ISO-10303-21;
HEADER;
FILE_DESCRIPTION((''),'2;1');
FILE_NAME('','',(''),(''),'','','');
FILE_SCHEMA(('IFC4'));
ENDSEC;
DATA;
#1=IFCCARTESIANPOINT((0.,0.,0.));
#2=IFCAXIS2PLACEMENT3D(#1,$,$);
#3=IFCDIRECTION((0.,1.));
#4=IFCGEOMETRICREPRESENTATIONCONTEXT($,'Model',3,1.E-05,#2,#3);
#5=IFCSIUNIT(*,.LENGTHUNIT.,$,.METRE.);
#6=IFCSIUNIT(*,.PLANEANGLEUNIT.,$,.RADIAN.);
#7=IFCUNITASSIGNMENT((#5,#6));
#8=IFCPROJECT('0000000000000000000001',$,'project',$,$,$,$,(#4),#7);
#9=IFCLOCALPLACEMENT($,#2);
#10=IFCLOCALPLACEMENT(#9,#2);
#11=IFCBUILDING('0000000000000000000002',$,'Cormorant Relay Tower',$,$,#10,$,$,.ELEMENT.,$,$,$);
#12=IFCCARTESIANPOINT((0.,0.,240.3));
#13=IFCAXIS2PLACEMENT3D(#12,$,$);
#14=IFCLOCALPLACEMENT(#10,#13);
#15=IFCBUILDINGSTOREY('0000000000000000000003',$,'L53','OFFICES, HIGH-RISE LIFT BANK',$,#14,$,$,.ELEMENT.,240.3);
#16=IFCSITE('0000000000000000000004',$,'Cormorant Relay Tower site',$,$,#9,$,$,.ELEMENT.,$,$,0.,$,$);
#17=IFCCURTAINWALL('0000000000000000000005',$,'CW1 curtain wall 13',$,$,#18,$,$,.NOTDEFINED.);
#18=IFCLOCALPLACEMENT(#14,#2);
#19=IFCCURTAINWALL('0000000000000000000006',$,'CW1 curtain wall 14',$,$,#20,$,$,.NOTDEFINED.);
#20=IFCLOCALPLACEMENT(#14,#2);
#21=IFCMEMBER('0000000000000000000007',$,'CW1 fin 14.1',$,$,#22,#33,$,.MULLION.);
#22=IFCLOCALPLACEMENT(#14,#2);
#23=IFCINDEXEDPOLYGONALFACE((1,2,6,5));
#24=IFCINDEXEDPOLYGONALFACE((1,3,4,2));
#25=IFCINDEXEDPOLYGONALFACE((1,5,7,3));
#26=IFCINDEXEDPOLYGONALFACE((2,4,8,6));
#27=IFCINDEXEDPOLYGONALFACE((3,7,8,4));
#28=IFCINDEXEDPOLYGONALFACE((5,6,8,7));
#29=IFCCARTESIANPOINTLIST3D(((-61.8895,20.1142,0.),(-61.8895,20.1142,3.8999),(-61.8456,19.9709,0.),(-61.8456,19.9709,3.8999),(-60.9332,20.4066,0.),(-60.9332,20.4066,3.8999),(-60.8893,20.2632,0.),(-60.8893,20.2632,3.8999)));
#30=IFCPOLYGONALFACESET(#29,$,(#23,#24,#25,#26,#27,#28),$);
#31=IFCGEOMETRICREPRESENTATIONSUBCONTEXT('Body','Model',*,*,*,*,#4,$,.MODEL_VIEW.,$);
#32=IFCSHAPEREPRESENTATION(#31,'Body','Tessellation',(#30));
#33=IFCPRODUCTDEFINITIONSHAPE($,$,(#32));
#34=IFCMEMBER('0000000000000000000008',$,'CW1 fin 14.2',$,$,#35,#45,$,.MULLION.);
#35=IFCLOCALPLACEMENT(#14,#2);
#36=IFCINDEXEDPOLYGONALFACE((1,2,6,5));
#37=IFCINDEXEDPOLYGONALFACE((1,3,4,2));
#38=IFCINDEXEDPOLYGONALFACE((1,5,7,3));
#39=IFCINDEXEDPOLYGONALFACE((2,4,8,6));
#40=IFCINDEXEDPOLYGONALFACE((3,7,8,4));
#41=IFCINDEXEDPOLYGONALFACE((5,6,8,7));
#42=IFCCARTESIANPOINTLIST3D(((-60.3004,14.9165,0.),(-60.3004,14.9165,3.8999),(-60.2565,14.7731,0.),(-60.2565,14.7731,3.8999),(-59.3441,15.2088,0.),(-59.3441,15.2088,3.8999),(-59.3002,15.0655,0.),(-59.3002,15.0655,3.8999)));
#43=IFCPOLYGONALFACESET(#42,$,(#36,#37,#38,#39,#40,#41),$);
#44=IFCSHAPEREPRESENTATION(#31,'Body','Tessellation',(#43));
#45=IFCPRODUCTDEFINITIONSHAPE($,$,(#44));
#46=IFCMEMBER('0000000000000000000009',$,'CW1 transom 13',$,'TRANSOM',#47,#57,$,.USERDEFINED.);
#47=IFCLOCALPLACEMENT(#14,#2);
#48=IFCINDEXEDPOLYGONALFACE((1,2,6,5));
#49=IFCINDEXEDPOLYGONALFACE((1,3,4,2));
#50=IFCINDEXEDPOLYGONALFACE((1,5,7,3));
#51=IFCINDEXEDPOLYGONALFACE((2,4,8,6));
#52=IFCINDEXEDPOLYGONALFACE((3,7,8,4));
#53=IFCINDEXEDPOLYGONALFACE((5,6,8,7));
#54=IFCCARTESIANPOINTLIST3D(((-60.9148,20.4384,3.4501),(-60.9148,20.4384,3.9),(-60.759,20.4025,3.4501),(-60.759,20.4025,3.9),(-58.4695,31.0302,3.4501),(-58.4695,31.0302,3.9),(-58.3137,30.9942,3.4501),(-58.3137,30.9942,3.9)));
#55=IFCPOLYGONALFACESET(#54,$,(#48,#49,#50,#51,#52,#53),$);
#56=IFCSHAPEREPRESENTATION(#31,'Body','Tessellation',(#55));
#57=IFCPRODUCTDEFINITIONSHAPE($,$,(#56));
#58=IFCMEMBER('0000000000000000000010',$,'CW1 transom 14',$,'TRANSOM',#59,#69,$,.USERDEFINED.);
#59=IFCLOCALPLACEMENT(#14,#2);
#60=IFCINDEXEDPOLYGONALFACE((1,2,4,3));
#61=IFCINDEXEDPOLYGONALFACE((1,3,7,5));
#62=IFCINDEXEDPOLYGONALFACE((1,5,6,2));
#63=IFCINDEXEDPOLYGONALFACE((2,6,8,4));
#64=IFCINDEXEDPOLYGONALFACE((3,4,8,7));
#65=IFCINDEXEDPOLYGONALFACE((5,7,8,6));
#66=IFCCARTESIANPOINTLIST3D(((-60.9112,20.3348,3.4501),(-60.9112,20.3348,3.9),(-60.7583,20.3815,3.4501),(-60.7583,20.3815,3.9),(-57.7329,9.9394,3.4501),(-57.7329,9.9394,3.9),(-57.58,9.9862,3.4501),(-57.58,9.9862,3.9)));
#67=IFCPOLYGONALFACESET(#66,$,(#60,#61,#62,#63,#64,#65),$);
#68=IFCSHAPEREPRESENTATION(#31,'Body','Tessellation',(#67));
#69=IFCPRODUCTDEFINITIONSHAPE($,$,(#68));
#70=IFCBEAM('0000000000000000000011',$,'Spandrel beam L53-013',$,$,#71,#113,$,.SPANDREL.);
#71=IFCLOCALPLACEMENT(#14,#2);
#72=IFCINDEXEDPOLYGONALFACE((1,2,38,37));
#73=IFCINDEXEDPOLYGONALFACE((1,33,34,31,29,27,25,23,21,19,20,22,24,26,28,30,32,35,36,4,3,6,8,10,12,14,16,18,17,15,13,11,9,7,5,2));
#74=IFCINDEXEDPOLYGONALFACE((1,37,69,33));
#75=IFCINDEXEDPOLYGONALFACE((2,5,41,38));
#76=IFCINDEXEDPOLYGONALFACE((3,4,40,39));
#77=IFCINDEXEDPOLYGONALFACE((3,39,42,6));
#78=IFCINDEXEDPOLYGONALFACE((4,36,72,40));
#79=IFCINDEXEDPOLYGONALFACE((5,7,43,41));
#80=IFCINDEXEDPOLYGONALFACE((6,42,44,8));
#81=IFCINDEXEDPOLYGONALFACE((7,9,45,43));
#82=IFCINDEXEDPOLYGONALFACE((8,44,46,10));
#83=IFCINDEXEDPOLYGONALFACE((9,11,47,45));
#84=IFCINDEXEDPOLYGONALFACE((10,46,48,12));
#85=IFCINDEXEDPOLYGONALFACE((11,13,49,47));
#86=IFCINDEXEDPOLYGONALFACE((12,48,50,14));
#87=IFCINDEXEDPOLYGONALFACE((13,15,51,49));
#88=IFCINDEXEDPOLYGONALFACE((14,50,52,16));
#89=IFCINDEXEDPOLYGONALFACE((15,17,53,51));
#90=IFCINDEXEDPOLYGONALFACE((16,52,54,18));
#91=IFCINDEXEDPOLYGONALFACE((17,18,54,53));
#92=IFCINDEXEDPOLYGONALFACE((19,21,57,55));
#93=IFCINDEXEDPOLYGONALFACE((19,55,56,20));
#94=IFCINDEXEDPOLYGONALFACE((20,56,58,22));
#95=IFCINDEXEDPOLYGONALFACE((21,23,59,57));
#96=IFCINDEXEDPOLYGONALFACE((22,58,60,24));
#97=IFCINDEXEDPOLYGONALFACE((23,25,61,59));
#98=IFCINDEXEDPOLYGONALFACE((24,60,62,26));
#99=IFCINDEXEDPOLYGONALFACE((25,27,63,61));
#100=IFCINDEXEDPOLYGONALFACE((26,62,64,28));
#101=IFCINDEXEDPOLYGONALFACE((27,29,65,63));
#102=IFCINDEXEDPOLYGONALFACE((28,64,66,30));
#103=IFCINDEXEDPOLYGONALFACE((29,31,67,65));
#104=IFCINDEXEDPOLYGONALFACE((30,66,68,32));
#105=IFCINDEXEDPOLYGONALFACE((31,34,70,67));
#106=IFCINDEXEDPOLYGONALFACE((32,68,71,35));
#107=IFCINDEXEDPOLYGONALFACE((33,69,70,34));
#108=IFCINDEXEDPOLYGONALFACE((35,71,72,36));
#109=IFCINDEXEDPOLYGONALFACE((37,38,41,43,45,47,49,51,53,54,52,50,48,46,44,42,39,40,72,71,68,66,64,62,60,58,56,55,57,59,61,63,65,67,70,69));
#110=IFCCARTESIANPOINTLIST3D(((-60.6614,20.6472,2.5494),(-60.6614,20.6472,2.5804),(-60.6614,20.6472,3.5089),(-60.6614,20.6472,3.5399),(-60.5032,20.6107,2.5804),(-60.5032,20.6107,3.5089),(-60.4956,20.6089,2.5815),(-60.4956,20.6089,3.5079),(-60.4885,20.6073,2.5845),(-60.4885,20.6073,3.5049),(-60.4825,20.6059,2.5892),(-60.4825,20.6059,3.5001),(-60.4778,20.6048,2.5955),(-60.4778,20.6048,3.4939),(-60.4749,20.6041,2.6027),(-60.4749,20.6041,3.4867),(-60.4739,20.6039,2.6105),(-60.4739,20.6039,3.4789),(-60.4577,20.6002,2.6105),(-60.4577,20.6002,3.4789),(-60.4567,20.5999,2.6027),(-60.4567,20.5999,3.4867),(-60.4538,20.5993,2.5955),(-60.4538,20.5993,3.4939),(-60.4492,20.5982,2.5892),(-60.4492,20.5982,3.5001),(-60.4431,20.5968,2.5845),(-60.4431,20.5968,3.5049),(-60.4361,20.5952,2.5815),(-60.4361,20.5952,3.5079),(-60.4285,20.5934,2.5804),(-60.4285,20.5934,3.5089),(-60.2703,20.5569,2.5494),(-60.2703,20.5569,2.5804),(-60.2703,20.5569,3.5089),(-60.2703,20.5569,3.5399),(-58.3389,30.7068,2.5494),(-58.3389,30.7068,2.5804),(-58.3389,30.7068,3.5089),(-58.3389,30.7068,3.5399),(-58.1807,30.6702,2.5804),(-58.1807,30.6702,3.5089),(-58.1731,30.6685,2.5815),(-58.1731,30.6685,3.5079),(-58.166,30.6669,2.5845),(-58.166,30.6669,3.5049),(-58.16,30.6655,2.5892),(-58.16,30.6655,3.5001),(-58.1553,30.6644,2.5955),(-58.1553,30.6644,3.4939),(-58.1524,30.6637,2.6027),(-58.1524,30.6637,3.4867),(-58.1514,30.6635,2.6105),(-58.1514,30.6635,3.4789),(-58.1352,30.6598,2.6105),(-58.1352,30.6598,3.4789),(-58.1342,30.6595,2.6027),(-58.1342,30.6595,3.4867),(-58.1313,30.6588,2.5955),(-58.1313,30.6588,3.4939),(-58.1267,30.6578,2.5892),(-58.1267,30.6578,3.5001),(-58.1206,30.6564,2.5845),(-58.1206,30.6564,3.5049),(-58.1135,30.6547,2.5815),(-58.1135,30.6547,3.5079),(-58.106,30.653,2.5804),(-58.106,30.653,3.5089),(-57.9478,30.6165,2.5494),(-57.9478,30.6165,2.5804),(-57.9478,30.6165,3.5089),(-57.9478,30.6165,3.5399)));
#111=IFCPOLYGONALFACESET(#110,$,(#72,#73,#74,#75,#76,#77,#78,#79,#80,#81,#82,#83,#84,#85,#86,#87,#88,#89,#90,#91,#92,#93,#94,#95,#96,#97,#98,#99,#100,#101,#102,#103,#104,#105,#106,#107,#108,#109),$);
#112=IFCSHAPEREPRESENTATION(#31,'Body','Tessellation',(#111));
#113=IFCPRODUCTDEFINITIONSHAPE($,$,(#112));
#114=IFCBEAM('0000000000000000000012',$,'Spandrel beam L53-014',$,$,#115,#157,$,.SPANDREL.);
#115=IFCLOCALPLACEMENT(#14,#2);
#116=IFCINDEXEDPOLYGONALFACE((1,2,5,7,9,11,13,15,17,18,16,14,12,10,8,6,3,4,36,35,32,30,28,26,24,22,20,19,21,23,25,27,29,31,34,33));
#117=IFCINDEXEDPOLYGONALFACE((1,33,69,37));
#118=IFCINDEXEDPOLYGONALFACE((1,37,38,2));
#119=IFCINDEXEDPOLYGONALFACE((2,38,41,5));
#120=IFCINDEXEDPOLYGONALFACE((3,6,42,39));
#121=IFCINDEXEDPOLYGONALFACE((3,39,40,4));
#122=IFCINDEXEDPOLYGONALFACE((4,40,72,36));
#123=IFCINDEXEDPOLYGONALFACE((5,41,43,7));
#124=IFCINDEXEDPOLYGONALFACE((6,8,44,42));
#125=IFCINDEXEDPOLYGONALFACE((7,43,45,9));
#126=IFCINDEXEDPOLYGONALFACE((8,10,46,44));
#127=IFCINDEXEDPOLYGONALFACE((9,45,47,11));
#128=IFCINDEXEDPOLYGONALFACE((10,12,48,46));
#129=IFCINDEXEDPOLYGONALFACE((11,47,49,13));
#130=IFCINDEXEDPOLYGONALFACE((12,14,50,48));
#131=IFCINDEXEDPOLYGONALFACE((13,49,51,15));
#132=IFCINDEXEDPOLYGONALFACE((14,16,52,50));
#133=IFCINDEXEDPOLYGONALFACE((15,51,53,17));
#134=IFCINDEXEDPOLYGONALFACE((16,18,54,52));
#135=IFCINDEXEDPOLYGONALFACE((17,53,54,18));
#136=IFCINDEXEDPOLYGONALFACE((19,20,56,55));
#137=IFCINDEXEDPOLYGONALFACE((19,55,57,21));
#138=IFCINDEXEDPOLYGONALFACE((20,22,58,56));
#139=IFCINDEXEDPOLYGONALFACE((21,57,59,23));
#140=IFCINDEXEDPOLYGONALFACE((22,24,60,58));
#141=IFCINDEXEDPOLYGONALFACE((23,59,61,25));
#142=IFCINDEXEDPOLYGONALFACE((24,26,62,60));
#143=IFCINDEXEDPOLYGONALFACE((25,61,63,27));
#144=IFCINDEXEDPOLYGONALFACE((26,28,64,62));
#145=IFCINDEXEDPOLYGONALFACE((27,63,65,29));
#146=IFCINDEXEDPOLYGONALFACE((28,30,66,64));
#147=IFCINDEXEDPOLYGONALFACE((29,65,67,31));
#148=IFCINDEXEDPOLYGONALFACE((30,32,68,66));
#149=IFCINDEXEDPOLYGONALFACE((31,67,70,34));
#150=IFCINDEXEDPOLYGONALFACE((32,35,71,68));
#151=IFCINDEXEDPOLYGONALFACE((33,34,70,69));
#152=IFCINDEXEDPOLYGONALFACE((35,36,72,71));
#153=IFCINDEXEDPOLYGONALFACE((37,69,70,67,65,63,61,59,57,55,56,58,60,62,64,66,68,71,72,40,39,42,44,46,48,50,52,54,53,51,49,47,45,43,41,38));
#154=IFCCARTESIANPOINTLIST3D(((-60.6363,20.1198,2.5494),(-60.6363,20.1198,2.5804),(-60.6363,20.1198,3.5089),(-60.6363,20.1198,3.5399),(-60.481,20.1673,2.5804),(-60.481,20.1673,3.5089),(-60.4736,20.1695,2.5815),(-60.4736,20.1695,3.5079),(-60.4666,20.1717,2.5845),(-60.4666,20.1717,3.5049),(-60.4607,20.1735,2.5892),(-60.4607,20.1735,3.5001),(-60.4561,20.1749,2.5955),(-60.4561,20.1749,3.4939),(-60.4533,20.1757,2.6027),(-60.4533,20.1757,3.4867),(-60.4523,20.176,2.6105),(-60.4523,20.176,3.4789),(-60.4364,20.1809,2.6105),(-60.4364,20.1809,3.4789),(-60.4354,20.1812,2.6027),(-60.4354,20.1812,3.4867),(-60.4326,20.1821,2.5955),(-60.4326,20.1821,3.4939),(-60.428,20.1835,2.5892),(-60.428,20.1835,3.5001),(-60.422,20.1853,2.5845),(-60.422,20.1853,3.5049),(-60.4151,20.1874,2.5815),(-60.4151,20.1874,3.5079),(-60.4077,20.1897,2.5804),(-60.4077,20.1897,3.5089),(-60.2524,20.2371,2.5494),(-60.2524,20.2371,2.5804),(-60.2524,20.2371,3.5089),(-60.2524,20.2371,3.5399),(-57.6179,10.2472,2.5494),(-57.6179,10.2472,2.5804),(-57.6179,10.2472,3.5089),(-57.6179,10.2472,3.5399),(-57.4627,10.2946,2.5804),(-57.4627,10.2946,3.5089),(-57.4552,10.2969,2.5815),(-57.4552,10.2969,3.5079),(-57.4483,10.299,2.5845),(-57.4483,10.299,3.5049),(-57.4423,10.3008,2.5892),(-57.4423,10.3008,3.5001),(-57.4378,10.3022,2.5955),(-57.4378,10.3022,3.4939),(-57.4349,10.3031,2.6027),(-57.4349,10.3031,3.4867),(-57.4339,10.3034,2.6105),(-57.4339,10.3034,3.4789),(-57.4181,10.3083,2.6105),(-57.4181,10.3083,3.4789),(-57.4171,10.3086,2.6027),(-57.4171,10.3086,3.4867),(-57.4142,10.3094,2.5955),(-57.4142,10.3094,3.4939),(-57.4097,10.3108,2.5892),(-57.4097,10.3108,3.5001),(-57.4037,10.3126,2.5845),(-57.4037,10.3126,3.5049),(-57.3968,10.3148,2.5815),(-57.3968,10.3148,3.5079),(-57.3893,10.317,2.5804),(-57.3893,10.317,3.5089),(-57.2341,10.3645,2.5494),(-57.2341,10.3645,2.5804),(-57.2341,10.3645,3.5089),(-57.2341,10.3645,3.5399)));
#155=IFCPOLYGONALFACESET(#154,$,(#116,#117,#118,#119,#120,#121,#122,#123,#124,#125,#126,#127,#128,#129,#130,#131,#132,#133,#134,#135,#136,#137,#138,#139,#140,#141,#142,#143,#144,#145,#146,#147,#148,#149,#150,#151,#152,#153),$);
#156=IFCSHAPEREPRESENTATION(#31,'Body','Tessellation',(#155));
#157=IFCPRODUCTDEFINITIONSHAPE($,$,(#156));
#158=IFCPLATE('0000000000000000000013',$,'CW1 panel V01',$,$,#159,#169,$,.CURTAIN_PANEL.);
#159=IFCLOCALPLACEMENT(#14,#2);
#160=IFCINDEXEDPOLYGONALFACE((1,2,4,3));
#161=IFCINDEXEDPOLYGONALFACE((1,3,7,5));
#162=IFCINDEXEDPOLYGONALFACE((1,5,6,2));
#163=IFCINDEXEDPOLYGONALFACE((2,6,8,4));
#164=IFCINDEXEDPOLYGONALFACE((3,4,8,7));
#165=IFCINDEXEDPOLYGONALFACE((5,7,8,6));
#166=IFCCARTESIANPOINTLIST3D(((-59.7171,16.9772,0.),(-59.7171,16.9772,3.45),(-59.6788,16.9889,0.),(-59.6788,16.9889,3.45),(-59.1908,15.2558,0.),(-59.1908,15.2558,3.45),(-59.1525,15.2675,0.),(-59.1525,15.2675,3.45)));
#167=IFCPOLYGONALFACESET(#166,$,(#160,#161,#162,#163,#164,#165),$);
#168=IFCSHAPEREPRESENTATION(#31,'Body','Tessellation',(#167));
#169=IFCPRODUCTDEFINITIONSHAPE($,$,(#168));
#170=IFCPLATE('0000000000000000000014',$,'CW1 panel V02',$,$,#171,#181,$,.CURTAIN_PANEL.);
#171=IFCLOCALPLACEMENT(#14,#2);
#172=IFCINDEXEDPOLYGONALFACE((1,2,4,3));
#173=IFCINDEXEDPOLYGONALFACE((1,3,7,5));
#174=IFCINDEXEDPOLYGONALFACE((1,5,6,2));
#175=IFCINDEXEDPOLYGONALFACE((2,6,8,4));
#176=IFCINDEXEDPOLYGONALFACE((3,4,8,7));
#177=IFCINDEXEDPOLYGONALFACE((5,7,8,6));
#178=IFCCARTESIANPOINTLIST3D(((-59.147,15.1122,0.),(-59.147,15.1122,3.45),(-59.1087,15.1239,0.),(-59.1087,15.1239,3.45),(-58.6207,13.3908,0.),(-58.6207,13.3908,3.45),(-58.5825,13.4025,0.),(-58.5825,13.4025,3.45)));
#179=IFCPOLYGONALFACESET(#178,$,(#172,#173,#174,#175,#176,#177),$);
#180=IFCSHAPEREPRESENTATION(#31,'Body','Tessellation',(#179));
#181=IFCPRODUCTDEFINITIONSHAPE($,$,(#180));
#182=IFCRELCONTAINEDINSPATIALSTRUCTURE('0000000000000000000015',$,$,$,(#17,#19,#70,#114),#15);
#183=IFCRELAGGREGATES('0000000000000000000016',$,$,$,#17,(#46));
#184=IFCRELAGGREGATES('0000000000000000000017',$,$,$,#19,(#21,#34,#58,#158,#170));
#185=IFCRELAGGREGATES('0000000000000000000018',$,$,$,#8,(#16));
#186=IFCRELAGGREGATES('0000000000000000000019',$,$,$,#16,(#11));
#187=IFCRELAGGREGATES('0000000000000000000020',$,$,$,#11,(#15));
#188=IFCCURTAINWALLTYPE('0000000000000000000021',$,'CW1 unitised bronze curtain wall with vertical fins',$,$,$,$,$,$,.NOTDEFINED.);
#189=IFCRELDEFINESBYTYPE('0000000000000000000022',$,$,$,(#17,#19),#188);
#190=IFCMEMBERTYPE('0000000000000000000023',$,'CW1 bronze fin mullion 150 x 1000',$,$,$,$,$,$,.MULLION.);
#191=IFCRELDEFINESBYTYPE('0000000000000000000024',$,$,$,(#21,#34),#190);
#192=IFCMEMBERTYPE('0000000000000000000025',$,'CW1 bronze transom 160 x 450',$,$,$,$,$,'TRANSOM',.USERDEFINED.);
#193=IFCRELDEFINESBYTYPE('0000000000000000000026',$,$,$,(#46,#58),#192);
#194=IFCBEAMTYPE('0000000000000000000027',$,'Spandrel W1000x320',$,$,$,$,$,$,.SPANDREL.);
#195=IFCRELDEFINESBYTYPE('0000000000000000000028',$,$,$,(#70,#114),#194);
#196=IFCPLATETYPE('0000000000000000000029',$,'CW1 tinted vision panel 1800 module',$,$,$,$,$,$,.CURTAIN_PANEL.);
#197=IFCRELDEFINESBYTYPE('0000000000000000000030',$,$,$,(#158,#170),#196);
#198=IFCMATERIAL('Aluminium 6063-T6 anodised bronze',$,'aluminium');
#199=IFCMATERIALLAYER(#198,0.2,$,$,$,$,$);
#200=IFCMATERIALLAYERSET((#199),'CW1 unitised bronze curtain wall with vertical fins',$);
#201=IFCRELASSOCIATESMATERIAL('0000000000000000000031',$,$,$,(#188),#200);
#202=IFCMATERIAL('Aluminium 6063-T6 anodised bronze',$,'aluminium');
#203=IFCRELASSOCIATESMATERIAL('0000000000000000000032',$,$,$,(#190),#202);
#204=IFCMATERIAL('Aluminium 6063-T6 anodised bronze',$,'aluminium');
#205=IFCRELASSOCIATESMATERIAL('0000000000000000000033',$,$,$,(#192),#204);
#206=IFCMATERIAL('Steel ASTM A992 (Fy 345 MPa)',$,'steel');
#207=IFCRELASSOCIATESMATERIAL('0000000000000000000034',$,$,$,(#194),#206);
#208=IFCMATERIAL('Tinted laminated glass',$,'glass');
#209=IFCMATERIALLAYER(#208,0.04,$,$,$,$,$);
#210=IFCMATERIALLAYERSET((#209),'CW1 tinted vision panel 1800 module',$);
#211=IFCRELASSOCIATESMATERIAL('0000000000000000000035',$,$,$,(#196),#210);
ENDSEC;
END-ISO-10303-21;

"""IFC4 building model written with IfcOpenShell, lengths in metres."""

from ifc_helpers import new_model, si_unit, direction, frame, origin, origin_2d, place, context, subcontext, project, spatial, rectangle, i_section, extrude, material, layer, layer_set, material_profile, profile_set, type_object, element, aggregate, save


model = new_model("IFC4")

# Units and contexts
model_context = context("Model", 3, precision=1e-05, world=origin(), true_north=direction((0.0, 1.0)))
body_context = subcontext(model_context, "Body", "Model", "MODEL_VIEW")
ifc_project = project(units=[si_unit("LENGTHUNIT", "METRE"), si_unit("PLANEANGLEUNIT", "RADIAN")], contexts=[model_context])

# Site, building, storey
site_placement = place(None, origin())
site = spatial("IfcSite", under=ifc_project, at=site_placement, Name="Cormorant Relay Tower site", CompositionType="ELEMENT", RefElevation=0.0)
building_placement = place(site_placement, origin())
building = spatial("IfcBuilding", under=site, at=building_placement, Name="Cormorant Relay Tower", CompositionType="ELEMENT")
storey_placement = place(building_placement, frame((0.0, 0.0, 240.3)))
storey = spatial("IfcBuildingStorey", under=building, at=storey_placement, Name="L53", Description="OFFICES, HIGH-RISE LIFT BANK", CompositionType="ELEMENT", Elevation=240.3)

# Curtain wall
ifc_material_1 = material(Name="Aluminium 6063-T6 anodised bronze", Category="aluminium")
ifc_layer_1 = layer(ifc_material_1, 0.2)
ifc_layer_set_1 = layer_set([ifc_layer_1], Name="CW1 unitised bronze curtain wall with vertical fins")
curtain_wall_type = type_object("IfcCurtainWallType", Name="CW1 unitised bronze curtain wall with vertical fins", PredefinedType="NOTDEFINED", material=ifc_layer_set_1)
curtain_wall_1_placement = place(storey_placement, origin())
curtain_wall_1 = element("IfcCurtainWall", 1, at=curtain_wall_1_placement, inside=storey, type_object=curtain_wall_type, Name="CW1 curtain wall 13", PredefinedType="NOTDEFINED")
ifc_material_2 = material(Name="Aluminium 6063-T6 anodised bronze", Category="aluminium")
ifc_material_profile_1 = material_profile(ifc_material_2, rectangle(XDim=0.1499, YDim=1.0, at=origin_2d()), Name="AL 150x1000")
ifc_profile_set_1 = profile_set([ifc_material_profile_1], Name="Aluminium 6063-T6 anodised bronze")
member_type_1 = type_object("IfcMemberType", Name="CW1 bronze fin mullion 150 x 1000", PredefinedType="MULLION", material=ifc_profile_set_1)

# Curtain wall, members
curtain_wall_2_placement = place(storey_placement, origin())
curtain_wall_2 = element("IfcCurtainWall", 2, at=curtain_wall_2_placement, inside=storey, type_object=curtain_wall_type, Name="CW1 curtain wall 14", PredefinedType="NOTDEFINED")
member_1_placement = place(storey_placement, frame((-61.3894, 20.1887, 0.0), z_axis=(0.0, 0.0, 1.0), x_axis=(0.292372, -0.956305, 0.0)))
member_1 = element("IfcMember", 3, at=member_1_placement, type_object=member_type_1, Name="CW1 fin 14.1", PredefinedType="MULLION", context=body_context, shape_type="SweptSolid", body=[
    extrude(rectangle(XDim=0.1499, YDim=1.0, at=origin_2d()), origin(), (0.0, 0.0, 1.0), 3.8999),
])
member_2_placement = place(storey_placement, frame((-59.8003, 14.991, 0.0), z_axis=(0.0, 0.0, 1.0), x_axis=(0.292372, -0.956305, 0.0)))
member_2 = element("IfcMember", 4, at=member_2_placement, type_object=member_type_1, Name="CW1 fin 14.2", PredefinedType="MULLION", context=body_context, shape_type="SweptSolid", body=[
    extrude(rectangle(XDim=0.1499, YDim=1.0, at=origin_2d()), origin(), (0.0, 0.0, 1.0), 3.8999),
])

# Members
ifc_material_3 = material(Name="Aluminium 6063-T6 anodised bronze", Category="aluminium")
ifc_material_profile_2 = material_profile(ifc_material_3, rectangle(XDim=0.1599, YDim=0.45, at=origin_2d()), Name="AL 160x450")
ifc_profile_set_2 = profile_set([ifc_material_profile_2], Name="Aluminium 6063-T6 anodised bronze")
member_type_2 = type_object("IfcMemberType", Name="CW1 bronze transom 160 x 450", ElementType="TRANSOM", PredefinedType="USERDEFINED", material=ifc_profile_set_2)
member_3_placement = place(storey_placement, frame((-58.3916, 31.0122, 3.675), z_axis=(-0.224951, -0.97437, 0.0), x_axis=(0.97437, -0.224951, 0.0)))
member_3 = element("IfcMember", 5, at=member_3_placement, type_object=member_type_2, Name="CW1 transom 13", ObjectType="TRANSOM", PredefinedType="USERDEFINED", context=body_context, shape_type="SweptSolid", body=[
    extrude(rectangle(XDim=0.1599, YDim=0.45, at=origin_2d()), origin(), (0.0, 0.0, 1.0), 10.8704),
])
member_4_placement = place(storey_placement, frame((-60.8347, 20.3582, 3.675), z_axis=(0.292378, -0.956303, 0.0), x_axis=(0.956303, 0.292378, 0.0)))
member_4 = element("IfcMember", 6, at=member_4_placement, type_object=member_type_2, Name="CW1 transom 14", ObjectType="TRANSOM", PredefinedType="USERDEFINED", context=body_context, shape_type="SweptSolid", body=[
    extrude(rectangle(XDim=0.1599, YDim=0.45, at=origin_2d()), origin(), (0.0, 0.0, 1.0), 10.8704),
])

# Beams
ifc_material_4 = material(Name="Steel ASTM A992 (Fy 345 MPa)", Category="steel")
ifc_material_profile_3 = material_profile(ifc_material_4, i_section(OverallWidth=0.4014, OverallDepth=0.9905, WebThickness=0.0166, FlangeThickness=0.031, FilletRadius=0.03, at=origin_2d()), Name="W1000x320")
ifc_profile_set_3 = profile_set([ifc_material_profile_3], Name="Steel ASTM A992 (Fy 345 MPa)")
beam_type = type_object("IfcBeamType", Name="Spandrel W1000x320", PredefinedType="SPANDREL", material=ifc_profile_set_3)
beam_1_placement = place(storey_placement, frame((-58.1433, 30.6616, 3.0447), z_axis=(-0.224958, -0.974368, 0.0), x_axis=(0.974368, -0.224958, 0.0)))
element("IfcBeam", 7, at=beam_1_placement, inside=storey, type_object=beam_type, Name="Spandrel beam L53-013", PredefinedType="SPANDREL", context=body_context, shape_type="SweptSolid", body=[
    extrude(i_section(OverallWidth=0.4014, OverallDepth=0.9905, WebThickness=0.0166, FlangeThickness=0.031, FilletRadius=0.03, at=origin_2d()), origin(), (0.0, 0.0, 1.0), 10.3242),
])
beam_2_placement = place(storey_placement, frame((-60.4443, 20.1785, 3.0447), z_axis=(0.292369, -0.956306, 0.0), x_axis=(0.956306, 0.292369, 0.0)))
element("IfcBeam", 8, at=beam_2_placement, inside=storey, type_object=beam_type, Name="Spandrel beam L53-014", PredefinedType="SPANDREL", context=body_context, shape_type="SweptSolid", body=[
    extrude(i_section(OverallWidth=0.4014, OverallDepth=0.9905, WebThickness=0.0166, FlangeThickness=0.031, FilletRadius=0.03, at=origin_2d()), origin(), (0.0, 0.0, 1.0), 10.3237),
])

# Plates
ifc_material_5 = material(Name="Tinted laminated glass", Category="glass")
ifc_layer_2 = layer(ifc_material_5, 0.04)
ifc_layer_set_2 = layer_set([ifc_layer_2], Name="CW1 tinted vision panel 1800 module")
plate_type_1 = type_object("IfcPlateType", Name="CW1 tinted vision panel 1800 module", PredefinedType="CURTAIN_PANEL", material=ifc_layer_set_2)
plate_1_placement = place(storey_placement, frame((-59.4348, 16.1223, 0.0), z_axis=(0.0, 0.0, 1.0), x_axis=(0.292372, -0.956305, 0.0)))
plate_1 = element("IfcPlate", 9, at=plate_1_placement, type_object=plate_type_1, Name="CW1 panel V01", PredefinedType="CURTAIN_PANEL", context=body_context, shape_type="SweptSolid", body=[
    extrude(rectangle(XDim=1.8, YDim=0.04, at=origin_2d()), origin(), (0.0, 0.0, 1.0), 3.45),
])
plate_2_placement = place(storey_placement, frame((-58.8647, 14.2573, 0.0), z_axis=(0.0, 0.0, 1.0), x_axis=(0.292372, -0.956305, 0.0)))
plate_2 = element("IfcPlate", 10, at=plate_2_placement, type_object=plate_type_1, Name="CW1 panel V02", PredefinedType="CURTAIN_PANEL", context=body_context, shape_type="SweptSolid", body=[
    extrude(rectangle(XDim=1.8, YDim=0.04, at=origin_2d()), origin(), (0.0, 0.0, 1.0), 3.45),
])

aggregate(curtain_wall_1, [member_3])
aggregate(curtain_wall_2, [member_1, member_2, member_4, plate_1, plate_2])

save(model, "model.ifc")
